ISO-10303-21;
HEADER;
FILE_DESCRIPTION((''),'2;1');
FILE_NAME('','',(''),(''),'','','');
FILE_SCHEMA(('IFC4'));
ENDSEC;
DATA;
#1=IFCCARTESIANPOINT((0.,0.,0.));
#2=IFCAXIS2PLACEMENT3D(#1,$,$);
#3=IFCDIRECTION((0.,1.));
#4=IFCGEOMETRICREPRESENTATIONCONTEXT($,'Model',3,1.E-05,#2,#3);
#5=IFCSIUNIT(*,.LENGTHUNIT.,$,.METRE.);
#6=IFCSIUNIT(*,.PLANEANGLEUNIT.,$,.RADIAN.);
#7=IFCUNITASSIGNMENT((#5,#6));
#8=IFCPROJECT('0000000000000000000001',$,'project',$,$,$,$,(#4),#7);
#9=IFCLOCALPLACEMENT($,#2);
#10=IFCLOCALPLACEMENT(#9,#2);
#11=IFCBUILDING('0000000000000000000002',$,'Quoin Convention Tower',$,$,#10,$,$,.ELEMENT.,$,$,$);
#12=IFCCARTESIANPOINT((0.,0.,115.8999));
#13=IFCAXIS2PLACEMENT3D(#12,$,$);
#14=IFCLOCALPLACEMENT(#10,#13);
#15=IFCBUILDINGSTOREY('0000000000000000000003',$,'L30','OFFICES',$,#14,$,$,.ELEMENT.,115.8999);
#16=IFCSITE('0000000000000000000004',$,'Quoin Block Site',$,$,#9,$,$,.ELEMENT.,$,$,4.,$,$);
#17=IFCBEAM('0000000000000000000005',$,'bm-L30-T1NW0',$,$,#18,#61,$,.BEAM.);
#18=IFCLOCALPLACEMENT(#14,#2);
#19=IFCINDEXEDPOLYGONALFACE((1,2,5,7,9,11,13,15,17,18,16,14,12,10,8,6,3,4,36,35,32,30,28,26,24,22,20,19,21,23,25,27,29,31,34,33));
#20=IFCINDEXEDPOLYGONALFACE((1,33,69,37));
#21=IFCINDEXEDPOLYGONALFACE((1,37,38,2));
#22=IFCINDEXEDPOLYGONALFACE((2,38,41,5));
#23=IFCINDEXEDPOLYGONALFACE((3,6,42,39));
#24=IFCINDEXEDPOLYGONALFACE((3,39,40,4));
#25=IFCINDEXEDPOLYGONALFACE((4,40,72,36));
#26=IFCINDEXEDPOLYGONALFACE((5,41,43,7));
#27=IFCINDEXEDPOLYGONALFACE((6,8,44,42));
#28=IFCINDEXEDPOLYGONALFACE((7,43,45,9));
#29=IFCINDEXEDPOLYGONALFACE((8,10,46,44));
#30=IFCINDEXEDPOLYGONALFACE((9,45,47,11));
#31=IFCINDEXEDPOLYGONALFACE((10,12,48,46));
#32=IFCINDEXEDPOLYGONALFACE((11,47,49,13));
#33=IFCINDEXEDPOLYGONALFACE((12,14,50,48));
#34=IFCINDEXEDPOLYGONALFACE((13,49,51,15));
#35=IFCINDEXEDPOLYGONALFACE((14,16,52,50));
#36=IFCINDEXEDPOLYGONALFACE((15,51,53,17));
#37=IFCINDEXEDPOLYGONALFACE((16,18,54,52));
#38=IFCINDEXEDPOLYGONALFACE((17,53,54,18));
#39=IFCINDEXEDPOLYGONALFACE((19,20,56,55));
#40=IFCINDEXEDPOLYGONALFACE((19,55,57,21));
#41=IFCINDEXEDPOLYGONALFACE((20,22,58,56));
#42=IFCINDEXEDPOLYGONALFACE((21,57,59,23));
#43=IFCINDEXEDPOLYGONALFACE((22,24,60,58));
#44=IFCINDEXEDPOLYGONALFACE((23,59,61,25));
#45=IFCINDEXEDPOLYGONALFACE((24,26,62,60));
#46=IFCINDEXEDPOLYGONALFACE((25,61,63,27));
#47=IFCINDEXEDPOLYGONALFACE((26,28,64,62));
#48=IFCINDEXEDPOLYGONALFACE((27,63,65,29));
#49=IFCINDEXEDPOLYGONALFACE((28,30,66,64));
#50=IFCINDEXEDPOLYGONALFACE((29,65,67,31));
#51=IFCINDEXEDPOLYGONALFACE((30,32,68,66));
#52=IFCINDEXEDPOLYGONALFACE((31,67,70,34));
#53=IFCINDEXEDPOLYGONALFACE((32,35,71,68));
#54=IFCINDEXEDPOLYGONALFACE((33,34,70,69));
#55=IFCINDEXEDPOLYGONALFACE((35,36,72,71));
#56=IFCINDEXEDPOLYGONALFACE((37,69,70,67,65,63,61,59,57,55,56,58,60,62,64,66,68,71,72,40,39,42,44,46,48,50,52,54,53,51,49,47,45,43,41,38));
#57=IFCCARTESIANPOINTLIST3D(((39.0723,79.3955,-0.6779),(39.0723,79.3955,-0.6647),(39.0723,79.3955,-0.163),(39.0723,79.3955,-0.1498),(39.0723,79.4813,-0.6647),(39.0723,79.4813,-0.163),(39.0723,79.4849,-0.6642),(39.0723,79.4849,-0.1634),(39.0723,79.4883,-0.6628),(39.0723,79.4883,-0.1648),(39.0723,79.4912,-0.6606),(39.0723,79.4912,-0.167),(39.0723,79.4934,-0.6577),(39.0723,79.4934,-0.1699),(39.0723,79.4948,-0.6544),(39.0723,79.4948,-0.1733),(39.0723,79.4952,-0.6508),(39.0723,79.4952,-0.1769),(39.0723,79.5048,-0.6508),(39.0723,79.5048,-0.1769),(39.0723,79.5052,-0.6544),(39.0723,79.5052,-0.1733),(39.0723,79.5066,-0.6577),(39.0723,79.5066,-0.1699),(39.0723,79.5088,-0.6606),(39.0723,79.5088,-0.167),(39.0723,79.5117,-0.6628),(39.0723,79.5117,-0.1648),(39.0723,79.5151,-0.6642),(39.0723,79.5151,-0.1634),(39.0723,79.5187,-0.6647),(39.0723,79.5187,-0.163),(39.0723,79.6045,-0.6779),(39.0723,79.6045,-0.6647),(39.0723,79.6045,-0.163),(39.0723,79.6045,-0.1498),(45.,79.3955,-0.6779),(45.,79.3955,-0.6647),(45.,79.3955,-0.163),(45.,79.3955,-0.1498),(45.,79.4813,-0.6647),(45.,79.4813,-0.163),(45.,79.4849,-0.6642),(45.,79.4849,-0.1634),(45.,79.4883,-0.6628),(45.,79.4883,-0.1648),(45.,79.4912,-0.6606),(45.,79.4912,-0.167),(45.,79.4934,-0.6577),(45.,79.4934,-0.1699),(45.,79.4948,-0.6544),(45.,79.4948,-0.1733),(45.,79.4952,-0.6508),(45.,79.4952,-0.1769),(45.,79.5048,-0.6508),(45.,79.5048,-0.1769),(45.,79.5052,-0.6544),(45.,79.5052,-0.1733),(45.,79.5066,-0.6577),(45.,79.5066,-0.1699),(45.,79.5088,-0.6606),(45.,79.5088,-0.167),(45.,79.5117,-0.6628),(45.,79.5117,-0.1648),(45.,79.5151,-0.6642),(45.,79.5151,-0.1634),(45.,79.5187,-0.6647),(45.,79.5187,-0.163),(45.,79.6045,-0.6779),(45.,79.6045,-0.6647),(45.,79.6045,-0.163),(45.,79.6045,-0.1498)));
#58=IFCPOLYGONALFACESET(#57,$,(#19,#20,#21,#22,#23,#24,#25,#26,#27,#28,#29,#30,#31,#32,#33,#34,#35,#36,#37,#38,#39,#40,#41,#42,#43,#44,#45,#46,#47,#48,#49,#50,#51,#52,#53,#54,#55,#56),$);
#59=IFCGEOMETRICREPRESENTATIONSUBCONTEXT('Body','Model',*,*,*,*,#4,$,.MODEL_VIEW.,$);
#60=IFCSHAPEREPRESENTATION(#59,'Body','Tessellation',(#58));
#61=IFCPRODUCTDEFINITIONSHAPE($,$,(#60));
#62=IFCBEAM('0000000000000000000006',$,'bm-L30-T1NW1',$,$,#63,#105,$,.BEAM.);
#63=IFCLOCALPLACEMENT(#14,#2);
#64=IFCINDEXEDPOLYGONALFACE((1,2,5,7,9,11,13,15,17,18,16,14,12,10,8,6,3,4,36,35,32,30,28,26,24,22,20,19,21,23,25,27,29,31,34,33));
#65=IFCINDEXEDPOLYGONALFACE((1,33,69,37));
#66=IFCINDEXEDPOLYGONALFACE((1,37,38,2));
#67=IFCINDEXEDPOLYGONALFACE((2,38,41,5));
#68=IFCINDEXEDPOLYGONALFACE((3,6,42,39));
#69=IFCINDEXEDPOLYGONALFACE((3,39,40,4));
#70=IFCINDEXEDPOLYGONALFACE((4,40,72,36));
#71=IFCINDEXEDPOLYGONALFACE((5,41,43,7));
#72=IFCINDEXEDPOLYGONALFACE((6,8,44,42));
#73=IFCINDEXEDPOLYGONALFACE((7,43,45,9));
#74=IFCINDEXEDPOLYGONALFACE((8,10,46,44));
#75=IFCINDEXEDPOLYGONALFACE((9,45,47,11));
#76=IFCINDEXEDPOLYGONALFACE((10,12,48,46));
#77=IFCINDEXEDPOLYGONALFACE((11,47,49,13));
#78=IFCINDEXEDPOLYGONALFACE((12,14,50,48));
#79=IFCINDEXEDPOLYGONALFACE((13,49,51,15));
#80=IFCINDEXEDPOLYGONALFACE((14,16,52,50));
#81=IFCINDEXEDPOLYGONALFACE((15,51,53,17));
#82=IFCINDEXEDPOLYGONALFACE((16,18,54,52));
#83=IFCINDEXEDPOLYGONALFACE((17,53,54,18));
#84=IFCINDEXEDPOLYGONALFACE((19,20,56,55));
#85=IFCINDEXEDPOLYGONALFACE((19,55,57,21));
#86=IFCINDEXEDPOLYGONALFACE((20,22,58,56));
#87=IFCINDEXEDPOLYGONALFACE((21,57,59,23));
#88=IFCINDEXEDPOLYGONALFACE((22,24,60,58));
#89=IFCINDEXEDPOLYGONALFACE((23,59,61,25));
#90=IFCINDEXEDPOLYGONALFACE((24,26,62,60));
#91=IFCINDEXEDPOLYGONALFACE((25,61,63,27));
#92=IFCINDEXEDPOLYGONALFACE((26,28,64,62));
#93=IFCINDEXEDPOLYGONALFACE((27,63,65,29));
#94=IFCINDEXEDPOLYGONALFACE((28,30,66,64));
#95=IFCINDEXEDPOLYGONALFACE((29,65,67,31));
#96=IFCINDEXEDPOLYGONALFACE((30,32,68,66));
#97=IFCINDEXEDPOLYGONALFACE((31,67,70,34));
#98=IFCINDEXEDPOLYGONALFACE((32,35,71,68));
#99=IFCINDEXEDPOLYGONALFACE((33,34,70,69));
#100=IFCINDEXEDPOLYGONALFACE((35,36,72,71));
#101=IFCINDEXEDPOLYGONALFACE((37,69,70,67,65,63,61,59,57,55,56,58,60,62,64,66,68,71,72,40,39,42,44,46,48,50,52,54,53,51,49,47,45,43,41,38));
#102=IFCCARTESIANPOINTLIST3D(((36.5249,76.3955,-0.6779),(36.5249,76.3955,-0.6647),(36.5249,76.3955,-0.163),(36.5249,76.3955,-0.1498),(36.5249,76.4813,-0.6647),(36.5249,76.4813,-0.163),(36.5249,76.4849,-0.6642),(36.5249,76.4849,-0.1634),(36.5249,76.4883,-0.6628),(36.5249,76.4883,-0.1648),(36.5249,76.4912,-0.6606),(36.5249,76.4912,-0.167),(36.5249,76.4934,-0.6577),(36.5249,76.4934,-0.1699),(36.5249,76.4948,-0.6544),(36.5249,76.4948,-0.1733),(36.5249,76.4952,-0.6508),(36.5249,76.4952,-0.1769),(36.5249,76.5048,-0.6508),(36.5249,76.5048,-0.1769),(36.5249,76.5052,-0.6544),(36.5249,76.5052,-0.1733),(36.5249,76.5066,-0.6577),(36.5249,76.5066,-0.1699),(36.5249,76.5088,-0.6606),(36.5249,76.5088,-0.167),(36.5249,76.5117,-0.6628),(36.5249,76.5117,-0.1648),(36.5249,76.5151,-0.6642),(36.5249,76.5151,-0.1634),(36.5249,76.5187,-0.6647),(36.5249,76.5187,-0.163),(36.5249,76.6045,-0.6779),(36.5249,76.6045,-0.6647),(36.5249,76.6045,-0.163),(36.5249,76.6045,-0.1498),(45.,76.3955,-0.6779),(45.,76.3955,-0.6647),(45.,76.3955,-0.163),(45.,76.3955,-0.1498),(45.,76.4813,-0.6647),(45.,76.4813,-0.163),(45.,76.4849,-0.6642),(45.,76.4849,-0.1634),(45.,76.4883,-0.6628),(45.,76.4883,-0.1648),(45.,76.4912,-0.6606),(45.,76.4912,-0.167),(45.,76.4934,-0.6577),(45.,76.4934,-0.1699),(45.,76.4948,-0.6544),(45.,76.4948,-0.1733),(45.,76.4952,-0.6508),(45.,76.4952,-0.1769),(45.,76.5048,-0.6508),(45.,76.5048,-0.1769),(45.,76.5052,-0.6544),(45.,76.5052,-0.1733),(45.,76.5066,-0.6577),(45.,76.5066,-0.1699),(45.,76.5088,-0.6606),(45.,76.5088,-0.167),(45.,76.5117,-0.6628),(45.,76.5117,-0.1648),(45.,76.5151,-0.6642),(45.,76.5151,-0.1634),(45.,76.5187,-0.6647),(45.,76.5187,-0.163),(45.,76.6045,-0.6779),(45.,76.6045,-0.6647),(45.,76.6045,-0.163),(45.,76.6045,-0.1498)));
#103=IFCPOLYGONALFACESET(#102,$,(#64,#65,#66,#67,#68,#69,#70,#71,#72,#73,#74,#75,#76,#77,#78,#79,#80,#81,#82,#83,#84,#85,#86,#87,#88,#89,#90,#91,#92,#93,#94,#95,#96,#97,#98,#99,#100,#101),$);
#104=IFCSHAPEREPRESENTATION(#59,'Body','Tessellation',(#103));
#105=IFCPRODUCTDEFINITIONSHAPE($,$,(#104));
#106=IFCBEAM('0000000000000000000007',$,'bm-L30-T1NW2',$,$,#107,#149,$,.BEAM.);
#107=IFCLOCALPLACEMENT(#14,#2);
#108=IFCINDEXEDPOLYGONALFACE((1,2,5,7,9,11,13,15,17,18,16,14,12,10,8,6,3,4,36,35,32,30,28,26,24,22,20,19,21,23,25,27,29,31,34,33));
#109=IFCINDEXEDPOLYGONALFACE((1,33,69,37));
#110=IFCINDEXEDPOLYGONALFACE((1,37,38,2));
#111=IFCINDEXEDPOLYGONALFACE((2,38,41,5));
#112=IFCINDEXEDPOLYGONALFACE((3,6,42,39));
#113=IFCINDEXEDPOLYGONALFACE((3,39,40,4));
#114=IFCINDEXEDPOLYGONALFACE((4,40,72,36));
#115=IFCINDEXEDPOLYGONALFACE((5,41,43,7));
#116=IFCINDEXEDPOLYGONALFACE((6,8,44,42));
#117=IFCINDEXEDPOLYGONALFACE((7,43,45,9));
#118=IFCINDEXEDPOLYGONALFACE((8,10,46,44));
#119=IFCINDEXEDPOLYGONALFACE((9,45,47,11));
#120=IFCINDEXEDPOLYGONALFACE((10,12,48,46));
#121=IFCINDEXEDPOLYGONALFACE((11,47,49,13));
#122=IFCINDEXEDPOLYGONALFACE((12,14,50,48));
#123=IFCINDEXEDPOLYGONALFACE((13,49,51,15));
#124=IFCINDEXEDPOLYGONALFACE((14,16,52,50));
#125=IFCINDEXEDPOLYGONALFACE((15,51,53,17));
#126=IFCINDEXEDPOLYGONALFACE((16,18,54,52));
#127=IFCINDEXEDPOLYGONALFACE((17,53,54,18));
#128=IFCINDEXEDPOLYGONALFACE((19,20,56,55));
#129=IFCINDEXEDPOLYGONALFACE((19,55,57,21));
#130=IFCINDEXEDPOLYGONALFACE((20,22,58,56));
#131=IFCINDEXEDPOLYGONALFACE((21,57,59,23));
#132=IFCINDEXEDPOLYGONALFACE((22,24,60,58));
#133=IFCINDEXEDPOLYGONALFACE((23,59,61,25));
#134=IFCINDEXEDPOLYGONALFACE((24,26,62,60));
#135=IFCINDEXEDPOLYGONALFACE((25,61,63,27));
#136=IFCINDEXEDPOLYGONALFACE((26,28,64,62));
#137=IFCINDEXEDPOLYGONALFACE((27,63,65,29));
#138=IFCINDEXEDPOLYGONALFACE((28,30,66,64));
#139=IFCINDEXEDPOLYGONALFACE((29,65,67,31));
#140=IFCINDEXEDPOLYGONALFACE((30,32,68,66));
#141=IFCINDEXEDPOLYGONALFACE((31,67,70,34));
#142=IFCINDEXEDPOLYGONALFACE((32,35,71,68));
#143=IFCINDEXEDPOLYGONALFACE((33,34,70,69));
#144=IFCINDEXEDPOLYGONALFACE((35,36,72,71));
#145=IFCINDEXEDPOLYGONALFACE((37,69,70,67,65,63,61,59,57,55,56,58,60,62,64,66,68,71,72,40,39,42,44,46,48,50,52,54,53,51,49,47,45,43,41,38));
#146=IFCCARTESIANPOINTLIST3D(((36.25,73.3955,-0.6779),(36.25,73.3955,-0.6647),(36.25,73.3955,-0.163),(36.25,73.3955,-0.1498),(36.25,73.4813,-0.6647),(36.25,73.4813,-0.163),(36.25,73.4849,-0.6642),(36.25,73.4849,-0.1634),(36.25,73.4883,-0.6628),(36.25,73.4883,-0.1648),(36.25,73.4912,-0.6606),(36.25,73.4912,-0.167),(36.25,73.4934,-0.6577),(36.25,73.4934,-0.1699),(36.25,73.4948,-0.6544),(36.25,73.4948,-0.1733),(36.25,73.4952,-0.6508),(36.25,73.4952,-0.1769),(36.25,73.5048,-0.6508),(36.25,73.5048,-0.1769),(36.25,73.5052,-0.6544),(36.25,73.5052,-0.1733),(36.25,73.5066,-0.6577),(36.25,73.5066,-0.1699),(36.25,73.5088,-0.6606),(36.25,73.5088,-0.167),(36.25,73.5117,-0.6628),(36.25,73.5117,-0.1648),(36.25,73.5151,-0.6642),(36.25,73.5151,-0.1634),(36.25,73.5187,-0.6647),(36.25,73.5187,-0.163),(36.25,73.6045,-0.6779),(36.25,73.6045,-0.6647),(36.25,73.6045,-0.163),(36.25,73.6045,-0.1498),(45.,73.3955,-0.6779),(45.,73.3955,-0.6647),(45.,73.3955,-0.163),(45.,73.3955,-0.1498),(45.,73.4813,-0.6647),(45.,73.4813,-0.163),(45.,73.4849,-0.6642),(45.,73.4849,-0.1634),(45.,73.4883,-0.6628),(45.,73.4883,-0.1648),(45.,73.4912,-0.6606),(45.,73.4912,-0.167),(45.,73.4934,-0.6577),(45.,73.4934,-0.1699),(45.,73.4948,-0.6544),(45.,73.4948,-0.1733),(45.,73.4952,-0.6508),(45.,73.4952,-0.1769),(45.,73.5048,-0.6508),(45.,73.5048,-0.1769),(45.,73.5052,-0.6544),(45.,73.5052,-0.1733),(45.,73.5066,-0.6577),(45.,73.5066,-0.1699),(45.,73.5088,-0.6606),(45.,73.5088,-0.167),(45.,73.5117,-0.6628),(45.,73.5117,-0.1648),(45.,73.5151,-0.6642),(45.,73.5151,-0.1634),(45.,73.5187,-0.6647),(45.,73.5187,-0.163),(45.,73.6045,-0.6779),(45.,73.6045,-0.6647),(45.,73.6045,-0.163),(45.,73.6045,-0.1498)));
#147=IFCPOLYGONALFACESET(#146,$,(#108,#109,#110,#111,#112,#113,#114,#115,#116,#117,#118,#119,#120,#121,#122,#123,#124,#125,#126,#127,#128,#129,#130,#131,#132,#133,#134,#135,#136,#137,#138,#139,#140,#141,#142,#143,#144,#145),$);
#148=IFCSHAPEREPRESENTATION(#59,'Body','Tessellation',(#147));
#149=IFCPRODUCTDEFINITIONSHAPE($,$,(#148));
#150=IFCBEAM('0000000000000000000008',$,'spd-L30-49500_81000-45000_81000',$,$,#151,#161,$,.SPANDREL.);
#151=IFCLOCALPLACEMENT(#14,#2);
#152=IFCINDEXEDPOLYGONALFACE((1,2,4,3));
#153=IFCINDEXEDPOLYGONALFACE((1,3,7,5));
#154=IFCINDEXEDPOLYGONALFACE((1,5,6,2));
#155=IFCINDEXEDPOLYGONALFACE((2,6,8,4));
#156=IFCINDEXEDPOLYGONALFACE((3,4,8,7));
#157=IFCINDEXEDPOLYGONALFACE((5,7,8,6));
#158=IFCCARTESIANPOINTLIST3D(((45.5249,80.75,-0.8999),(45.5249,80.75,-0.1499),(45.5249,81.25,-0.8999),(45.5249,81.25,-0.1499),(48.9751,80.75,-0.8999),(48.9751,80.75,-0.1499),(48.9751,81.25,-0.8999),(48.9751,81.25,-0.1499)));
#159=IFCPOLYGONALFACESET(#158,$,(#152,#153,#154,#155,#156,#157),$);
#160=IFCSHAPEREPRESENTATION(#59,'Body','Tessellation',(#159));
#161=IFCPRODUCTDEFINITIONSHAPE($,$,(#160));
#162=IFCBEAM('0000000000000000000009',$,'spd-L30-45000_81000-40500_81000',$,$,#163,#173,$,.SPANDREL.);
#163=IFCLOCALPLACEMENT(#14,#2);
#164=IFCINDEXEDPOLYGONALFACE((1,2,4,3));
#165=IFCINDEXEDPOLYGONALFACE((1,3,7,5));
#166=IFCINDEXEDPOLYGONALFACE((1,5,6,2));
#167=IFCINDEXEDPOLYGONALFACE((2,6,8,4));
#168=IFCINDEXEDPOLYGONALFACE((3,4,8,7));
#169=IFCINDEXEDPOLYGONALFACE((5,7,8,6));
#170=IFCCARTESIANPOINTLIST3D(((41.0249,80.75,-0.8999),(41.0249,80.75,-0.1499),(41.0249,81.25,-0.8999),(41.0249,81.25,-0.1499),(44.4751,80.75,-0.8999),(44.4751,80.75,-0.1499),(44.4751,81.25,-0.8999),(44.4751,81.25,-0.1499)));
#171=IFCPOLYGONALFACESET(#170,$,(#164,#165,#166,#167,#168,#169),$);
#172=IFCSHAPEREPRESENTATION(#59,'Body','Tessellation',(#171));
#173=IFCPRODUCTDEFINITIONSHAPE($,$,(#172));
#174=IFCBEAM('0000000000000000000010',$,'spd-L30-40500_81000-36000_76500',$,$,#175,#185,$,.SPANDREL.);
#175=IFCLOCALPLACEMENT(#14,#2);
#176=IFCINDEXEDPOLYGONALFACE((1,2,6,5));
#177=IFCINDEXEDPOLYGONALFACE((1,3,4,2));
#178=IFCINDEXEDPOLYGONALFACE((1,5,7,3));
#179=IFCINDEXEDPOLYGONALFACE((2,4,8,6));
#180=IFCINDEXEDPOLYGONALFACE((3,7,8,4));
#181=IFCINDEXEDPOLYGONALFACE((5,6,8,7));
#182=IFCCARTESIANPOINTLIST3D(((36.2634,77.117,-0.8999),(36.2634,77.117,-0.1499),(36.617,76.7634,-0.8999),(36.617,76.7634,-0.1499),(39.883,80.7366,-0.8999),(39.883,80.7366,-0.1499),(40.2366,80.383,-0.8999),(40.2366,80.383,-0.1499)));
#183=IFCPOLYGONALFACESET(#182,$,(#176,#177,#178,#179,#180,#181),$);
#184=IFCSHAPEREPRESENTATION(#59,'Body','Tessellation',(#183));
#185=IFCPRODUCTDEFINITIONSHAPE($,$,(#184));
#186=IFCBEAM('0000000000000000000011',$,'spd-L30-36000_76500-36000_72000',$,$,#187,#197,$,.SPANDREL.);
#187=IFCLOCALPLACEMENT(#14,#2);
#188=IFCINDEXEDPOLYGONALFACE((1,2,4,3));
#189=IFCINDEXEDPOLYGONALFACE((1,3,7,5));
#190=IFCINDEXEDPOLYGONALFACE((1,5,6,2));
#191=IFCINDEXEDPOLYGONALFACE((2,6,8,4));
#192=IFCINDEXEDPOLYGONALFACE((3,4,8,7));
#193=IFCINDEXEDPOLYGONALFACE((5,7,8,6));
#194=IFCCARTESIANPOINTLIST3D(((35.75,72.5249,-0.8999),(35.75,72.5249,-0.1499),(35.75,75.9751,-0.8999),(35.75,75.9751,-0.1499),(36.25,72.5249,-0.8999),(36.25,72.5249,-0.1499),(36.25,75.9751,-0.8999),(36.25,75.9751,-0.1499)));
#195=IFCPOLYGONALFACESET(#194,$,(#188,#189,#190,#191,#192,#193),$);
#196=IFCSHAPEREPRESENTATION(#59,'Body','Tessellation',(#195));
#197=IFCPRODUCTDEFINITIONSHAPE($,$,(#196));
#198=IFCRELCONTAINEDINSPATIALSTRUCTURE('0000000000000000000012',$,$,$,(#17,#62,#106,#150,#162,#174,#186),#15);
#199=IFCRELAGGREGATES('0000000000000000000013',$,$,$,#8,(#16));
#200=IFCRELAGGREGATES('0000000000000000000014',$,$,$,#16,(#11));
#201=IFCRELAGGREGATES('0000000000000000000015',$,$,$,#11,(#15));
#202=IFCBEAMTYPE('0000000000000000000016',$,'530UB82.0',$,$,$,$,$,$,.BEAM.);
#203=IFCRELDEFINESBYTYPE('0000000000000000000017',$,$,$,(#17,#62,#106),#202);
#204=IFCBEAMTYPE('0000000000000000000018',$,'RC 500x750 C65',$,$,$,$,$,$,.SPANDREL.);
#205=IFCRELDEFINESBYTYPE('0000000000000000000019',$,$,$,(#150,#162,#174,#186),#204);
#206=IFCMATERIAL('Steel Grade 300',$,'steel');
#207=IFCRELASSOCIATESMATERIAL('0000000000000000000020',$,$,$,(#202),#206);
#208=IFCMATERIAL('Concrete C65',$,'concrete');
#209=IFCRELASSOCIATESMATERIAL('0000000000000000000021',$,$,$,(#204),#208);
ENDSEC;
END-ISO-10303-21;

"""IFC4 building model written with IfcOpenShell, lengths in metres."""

from ifc_helpers import new_model, si_unit, direction, frame, origin, origin_2d, place, context, subcontext, project, spatial, rectangle, i_section, extrude, material, material_profile, profile_set, type_object, element, save


model = new_model("IFC4")

# Units and contexts
model_context = context("Model", 3, precision=1e-05, world=origin(), true_north=direction((0.0, 1.0)))
body_context = subcontext(model_context, "Body", "Model", "MODEL_VIEW")
ifc_project = project(units=[si_unit("LENGTHUNIT", "METRE"), si_unit("PLANEANGLEUNIT", "RADIAN")], contexts=[model_context])

# Site, building, storey
site_placement = place(None, origin())
site = spatial("IfcSite", under=ifc_project, at=site_placement, Name="Quoin Block Site", CompositionType="ELEMENT", RefElevation=4.0)
building_placement = place(site_placement, origin())
building = spatial("IfcBuilding", under=site, at=building_placement, Name="Quoin Convention Tower", CompositionType="ELEMENT")
storey_placement = place(building_placement, frame((0.0, 0.0, 115.8999)))
storey = spatial("IfcBuildingStorey", under=building, at=storey_placement, Name="L30", Description="OFFICES", CompositionType="ELEMENT", Elevation=115.8999)

# Shared definitions
ifc_material_1 = material(Name="Concrete C65", Category="concrete")

# Beams
ifc_material_2 = material(Name="Steel Grade 300", Category="steel")
ifc_material_profile_1 = material_profile(ifc_material_2, i_section(OverallWidth=0.209, OverallDepth=0.5281, WebThickness=0.0095, FlangeThickness=0.0132, FilletRadius=0.0139, at=origin_2d()), Name="530UB82.0")
ifc_profile_set_1 = profile_set([ifc_material_profile_1], Name="Steel Grade 300")
beam_type_1 = type_object("IfcBeamType", Name="530UB82.0", PredefinedType="BEAM", material=ifc_profile_set_1)
beam_1_placement = place(storey_placement, frame((39.0723, 79.5, -0.4138), z_axis=(1.0, 0.0, 0.0), x_axis=(0.0, 1.0, 0.0)))
element("IfcBeam", 1, at=beam_1_placement, inside=storey, type_object=beam_type_1, Name="bm-L30-T1NW0", PredefinedType="BEAM", context=body_context, shape_type="SweptSolid", body=[
    extrude(i_section(OverallWidth=0.209, OverallDepth=0.5281, WebThickness=0.0095, FlangeThickness=0.0132, FilletRadius=0.0139, at=origin_2d()), origin(), (0.0, 0.0, 1.0), 5.9277),
])
beam_2_placement = place(storey_placement, frame((36.5249, 76.5, -0.4138), z_axis=(1.0, 0.0, 0.0), x_axis=(0.0, 1.0, 0.0)))
element("IfcBeam", 2, at=beam_2_placement, inside=storey, type_object=beam_type_1, Name="bm-L30-T1NW1", PredefinedType="BEAM", context=body_context, shape_type="SweptSolid", body=[
    extrude(i_section(OverallWidth=0.209, OverallDepth=0.5281, WebThickness=0.0095, FlangeThickness=0.0132, FilletRadius=0.0139, at=origin_2d()), origin(), (0.0, 0.0, 1.0), 8.4751),
])
beam_3_placement = place(storey_placement, frame((36.25, 73.5, -0.4138), z_axis=(1.0, 0.0, 0.0), x_axis=(0.0, 1.0, 0.0)))
element("IfcBeam", 3, at=beam_3_placement, inside=storey, type_object=beam_type_1, Name="bm-L30-T1NW2", PredefinedType="BEAM", context=body_context, shape_type="SweptSolid", body=[
    extrude(i_section(OverallWidth=0.209, OverallDepth=0.5281, WebThickness=0.0095, FlangeThickness=0.0132, FilletRadius=0.0139, at=origin_2d()), origin(), (0.0, 0.0, 1.0), 8.75),
])
ifc_material_profile_2 = material_profile(ifc_material_1, rectangle(XDim=0.5, YDim=0.75, at=origin_2d()), Name="RC 500x750")
ifc_profile_set_2 = profile_set([ifc_material_profile_2], Name="Concrete C65")
beam_type_2 = type_object("IfcBeamType", Name="RC 500x750 C65", PredefinedType="SPANDREL", material=ifc_profile_set_2)
for number, where, z_axis, x_axis, name in (
    (4, (48.9751, 81.0, -0.5249), (-1.0, 0.0, 0.0), (0.0, -1.0, 0.0), "spd-L30-49500_81000-45000_81000"),
    (5, (44.4751, 81.0, -0.5249), (-1.0, 0.0, 0.0), (0.0, -1.0, 0.0), "spd-L30-45000_81000-40500_81000"),
):
    element("IfcBeam", number, at=place(storey_placement, frame(where, z_axis=z_axis, x_axis=x_axis)), inside=storey, type_object=beam_type_2, Name=name, PredefinedType="SPANDREL", context=body_context, shape_type="SweptSolid", body=[
        extrude(rectangle(XDim=0.5, YDim=0.75, at=origin_2d()), origin(), (0.0, 0.0, 1.0), 3.4502),
    ])
beam_4_placement = place(storey_placement, frame((40.0598, 80.5598, -0.5249), z_axis=(-0.707107, -0.707107, 0.0), x_axis=(0.707107, -0.707107, 0.0)))
element("IfcBeam", 6, at=beam_4_placement, inside=storey, type_object=beam_type_2, Name="spd-L30-40500_81000-36000_76500", PredefinedType="SPANDREL", context=body_context, shape_type="SweptSolid", body=[
    extrude(rectangle(XDim=0.5, YDim=0.75, at=origin_2d()), origin(), (0.0, 0.0, 1.0), 5.1189),
])
beam_5_placement = place(storey_placement, frame((36.0, 75.9751, -0.5249), z_axis=(0.0, -1.0, 0.0), x_axis=(1.0, 0.0, 0.0)))
element("IfcBeam", 7, at=beam_5_placement, inside=storey, type_object=beam_type_2, Name="spd-L30-36000_76500-36000_72000", PredefinedType="SPANDREL", context=body_context, shape_type="SweptSolid", body=[
    extrude(rectangle(XDim=0.5, YDim=0.75, at=origin_2d()), origin(), (0.0, 0.0, 1.0), 3.4502),
])

save(model, "model.ifc")
